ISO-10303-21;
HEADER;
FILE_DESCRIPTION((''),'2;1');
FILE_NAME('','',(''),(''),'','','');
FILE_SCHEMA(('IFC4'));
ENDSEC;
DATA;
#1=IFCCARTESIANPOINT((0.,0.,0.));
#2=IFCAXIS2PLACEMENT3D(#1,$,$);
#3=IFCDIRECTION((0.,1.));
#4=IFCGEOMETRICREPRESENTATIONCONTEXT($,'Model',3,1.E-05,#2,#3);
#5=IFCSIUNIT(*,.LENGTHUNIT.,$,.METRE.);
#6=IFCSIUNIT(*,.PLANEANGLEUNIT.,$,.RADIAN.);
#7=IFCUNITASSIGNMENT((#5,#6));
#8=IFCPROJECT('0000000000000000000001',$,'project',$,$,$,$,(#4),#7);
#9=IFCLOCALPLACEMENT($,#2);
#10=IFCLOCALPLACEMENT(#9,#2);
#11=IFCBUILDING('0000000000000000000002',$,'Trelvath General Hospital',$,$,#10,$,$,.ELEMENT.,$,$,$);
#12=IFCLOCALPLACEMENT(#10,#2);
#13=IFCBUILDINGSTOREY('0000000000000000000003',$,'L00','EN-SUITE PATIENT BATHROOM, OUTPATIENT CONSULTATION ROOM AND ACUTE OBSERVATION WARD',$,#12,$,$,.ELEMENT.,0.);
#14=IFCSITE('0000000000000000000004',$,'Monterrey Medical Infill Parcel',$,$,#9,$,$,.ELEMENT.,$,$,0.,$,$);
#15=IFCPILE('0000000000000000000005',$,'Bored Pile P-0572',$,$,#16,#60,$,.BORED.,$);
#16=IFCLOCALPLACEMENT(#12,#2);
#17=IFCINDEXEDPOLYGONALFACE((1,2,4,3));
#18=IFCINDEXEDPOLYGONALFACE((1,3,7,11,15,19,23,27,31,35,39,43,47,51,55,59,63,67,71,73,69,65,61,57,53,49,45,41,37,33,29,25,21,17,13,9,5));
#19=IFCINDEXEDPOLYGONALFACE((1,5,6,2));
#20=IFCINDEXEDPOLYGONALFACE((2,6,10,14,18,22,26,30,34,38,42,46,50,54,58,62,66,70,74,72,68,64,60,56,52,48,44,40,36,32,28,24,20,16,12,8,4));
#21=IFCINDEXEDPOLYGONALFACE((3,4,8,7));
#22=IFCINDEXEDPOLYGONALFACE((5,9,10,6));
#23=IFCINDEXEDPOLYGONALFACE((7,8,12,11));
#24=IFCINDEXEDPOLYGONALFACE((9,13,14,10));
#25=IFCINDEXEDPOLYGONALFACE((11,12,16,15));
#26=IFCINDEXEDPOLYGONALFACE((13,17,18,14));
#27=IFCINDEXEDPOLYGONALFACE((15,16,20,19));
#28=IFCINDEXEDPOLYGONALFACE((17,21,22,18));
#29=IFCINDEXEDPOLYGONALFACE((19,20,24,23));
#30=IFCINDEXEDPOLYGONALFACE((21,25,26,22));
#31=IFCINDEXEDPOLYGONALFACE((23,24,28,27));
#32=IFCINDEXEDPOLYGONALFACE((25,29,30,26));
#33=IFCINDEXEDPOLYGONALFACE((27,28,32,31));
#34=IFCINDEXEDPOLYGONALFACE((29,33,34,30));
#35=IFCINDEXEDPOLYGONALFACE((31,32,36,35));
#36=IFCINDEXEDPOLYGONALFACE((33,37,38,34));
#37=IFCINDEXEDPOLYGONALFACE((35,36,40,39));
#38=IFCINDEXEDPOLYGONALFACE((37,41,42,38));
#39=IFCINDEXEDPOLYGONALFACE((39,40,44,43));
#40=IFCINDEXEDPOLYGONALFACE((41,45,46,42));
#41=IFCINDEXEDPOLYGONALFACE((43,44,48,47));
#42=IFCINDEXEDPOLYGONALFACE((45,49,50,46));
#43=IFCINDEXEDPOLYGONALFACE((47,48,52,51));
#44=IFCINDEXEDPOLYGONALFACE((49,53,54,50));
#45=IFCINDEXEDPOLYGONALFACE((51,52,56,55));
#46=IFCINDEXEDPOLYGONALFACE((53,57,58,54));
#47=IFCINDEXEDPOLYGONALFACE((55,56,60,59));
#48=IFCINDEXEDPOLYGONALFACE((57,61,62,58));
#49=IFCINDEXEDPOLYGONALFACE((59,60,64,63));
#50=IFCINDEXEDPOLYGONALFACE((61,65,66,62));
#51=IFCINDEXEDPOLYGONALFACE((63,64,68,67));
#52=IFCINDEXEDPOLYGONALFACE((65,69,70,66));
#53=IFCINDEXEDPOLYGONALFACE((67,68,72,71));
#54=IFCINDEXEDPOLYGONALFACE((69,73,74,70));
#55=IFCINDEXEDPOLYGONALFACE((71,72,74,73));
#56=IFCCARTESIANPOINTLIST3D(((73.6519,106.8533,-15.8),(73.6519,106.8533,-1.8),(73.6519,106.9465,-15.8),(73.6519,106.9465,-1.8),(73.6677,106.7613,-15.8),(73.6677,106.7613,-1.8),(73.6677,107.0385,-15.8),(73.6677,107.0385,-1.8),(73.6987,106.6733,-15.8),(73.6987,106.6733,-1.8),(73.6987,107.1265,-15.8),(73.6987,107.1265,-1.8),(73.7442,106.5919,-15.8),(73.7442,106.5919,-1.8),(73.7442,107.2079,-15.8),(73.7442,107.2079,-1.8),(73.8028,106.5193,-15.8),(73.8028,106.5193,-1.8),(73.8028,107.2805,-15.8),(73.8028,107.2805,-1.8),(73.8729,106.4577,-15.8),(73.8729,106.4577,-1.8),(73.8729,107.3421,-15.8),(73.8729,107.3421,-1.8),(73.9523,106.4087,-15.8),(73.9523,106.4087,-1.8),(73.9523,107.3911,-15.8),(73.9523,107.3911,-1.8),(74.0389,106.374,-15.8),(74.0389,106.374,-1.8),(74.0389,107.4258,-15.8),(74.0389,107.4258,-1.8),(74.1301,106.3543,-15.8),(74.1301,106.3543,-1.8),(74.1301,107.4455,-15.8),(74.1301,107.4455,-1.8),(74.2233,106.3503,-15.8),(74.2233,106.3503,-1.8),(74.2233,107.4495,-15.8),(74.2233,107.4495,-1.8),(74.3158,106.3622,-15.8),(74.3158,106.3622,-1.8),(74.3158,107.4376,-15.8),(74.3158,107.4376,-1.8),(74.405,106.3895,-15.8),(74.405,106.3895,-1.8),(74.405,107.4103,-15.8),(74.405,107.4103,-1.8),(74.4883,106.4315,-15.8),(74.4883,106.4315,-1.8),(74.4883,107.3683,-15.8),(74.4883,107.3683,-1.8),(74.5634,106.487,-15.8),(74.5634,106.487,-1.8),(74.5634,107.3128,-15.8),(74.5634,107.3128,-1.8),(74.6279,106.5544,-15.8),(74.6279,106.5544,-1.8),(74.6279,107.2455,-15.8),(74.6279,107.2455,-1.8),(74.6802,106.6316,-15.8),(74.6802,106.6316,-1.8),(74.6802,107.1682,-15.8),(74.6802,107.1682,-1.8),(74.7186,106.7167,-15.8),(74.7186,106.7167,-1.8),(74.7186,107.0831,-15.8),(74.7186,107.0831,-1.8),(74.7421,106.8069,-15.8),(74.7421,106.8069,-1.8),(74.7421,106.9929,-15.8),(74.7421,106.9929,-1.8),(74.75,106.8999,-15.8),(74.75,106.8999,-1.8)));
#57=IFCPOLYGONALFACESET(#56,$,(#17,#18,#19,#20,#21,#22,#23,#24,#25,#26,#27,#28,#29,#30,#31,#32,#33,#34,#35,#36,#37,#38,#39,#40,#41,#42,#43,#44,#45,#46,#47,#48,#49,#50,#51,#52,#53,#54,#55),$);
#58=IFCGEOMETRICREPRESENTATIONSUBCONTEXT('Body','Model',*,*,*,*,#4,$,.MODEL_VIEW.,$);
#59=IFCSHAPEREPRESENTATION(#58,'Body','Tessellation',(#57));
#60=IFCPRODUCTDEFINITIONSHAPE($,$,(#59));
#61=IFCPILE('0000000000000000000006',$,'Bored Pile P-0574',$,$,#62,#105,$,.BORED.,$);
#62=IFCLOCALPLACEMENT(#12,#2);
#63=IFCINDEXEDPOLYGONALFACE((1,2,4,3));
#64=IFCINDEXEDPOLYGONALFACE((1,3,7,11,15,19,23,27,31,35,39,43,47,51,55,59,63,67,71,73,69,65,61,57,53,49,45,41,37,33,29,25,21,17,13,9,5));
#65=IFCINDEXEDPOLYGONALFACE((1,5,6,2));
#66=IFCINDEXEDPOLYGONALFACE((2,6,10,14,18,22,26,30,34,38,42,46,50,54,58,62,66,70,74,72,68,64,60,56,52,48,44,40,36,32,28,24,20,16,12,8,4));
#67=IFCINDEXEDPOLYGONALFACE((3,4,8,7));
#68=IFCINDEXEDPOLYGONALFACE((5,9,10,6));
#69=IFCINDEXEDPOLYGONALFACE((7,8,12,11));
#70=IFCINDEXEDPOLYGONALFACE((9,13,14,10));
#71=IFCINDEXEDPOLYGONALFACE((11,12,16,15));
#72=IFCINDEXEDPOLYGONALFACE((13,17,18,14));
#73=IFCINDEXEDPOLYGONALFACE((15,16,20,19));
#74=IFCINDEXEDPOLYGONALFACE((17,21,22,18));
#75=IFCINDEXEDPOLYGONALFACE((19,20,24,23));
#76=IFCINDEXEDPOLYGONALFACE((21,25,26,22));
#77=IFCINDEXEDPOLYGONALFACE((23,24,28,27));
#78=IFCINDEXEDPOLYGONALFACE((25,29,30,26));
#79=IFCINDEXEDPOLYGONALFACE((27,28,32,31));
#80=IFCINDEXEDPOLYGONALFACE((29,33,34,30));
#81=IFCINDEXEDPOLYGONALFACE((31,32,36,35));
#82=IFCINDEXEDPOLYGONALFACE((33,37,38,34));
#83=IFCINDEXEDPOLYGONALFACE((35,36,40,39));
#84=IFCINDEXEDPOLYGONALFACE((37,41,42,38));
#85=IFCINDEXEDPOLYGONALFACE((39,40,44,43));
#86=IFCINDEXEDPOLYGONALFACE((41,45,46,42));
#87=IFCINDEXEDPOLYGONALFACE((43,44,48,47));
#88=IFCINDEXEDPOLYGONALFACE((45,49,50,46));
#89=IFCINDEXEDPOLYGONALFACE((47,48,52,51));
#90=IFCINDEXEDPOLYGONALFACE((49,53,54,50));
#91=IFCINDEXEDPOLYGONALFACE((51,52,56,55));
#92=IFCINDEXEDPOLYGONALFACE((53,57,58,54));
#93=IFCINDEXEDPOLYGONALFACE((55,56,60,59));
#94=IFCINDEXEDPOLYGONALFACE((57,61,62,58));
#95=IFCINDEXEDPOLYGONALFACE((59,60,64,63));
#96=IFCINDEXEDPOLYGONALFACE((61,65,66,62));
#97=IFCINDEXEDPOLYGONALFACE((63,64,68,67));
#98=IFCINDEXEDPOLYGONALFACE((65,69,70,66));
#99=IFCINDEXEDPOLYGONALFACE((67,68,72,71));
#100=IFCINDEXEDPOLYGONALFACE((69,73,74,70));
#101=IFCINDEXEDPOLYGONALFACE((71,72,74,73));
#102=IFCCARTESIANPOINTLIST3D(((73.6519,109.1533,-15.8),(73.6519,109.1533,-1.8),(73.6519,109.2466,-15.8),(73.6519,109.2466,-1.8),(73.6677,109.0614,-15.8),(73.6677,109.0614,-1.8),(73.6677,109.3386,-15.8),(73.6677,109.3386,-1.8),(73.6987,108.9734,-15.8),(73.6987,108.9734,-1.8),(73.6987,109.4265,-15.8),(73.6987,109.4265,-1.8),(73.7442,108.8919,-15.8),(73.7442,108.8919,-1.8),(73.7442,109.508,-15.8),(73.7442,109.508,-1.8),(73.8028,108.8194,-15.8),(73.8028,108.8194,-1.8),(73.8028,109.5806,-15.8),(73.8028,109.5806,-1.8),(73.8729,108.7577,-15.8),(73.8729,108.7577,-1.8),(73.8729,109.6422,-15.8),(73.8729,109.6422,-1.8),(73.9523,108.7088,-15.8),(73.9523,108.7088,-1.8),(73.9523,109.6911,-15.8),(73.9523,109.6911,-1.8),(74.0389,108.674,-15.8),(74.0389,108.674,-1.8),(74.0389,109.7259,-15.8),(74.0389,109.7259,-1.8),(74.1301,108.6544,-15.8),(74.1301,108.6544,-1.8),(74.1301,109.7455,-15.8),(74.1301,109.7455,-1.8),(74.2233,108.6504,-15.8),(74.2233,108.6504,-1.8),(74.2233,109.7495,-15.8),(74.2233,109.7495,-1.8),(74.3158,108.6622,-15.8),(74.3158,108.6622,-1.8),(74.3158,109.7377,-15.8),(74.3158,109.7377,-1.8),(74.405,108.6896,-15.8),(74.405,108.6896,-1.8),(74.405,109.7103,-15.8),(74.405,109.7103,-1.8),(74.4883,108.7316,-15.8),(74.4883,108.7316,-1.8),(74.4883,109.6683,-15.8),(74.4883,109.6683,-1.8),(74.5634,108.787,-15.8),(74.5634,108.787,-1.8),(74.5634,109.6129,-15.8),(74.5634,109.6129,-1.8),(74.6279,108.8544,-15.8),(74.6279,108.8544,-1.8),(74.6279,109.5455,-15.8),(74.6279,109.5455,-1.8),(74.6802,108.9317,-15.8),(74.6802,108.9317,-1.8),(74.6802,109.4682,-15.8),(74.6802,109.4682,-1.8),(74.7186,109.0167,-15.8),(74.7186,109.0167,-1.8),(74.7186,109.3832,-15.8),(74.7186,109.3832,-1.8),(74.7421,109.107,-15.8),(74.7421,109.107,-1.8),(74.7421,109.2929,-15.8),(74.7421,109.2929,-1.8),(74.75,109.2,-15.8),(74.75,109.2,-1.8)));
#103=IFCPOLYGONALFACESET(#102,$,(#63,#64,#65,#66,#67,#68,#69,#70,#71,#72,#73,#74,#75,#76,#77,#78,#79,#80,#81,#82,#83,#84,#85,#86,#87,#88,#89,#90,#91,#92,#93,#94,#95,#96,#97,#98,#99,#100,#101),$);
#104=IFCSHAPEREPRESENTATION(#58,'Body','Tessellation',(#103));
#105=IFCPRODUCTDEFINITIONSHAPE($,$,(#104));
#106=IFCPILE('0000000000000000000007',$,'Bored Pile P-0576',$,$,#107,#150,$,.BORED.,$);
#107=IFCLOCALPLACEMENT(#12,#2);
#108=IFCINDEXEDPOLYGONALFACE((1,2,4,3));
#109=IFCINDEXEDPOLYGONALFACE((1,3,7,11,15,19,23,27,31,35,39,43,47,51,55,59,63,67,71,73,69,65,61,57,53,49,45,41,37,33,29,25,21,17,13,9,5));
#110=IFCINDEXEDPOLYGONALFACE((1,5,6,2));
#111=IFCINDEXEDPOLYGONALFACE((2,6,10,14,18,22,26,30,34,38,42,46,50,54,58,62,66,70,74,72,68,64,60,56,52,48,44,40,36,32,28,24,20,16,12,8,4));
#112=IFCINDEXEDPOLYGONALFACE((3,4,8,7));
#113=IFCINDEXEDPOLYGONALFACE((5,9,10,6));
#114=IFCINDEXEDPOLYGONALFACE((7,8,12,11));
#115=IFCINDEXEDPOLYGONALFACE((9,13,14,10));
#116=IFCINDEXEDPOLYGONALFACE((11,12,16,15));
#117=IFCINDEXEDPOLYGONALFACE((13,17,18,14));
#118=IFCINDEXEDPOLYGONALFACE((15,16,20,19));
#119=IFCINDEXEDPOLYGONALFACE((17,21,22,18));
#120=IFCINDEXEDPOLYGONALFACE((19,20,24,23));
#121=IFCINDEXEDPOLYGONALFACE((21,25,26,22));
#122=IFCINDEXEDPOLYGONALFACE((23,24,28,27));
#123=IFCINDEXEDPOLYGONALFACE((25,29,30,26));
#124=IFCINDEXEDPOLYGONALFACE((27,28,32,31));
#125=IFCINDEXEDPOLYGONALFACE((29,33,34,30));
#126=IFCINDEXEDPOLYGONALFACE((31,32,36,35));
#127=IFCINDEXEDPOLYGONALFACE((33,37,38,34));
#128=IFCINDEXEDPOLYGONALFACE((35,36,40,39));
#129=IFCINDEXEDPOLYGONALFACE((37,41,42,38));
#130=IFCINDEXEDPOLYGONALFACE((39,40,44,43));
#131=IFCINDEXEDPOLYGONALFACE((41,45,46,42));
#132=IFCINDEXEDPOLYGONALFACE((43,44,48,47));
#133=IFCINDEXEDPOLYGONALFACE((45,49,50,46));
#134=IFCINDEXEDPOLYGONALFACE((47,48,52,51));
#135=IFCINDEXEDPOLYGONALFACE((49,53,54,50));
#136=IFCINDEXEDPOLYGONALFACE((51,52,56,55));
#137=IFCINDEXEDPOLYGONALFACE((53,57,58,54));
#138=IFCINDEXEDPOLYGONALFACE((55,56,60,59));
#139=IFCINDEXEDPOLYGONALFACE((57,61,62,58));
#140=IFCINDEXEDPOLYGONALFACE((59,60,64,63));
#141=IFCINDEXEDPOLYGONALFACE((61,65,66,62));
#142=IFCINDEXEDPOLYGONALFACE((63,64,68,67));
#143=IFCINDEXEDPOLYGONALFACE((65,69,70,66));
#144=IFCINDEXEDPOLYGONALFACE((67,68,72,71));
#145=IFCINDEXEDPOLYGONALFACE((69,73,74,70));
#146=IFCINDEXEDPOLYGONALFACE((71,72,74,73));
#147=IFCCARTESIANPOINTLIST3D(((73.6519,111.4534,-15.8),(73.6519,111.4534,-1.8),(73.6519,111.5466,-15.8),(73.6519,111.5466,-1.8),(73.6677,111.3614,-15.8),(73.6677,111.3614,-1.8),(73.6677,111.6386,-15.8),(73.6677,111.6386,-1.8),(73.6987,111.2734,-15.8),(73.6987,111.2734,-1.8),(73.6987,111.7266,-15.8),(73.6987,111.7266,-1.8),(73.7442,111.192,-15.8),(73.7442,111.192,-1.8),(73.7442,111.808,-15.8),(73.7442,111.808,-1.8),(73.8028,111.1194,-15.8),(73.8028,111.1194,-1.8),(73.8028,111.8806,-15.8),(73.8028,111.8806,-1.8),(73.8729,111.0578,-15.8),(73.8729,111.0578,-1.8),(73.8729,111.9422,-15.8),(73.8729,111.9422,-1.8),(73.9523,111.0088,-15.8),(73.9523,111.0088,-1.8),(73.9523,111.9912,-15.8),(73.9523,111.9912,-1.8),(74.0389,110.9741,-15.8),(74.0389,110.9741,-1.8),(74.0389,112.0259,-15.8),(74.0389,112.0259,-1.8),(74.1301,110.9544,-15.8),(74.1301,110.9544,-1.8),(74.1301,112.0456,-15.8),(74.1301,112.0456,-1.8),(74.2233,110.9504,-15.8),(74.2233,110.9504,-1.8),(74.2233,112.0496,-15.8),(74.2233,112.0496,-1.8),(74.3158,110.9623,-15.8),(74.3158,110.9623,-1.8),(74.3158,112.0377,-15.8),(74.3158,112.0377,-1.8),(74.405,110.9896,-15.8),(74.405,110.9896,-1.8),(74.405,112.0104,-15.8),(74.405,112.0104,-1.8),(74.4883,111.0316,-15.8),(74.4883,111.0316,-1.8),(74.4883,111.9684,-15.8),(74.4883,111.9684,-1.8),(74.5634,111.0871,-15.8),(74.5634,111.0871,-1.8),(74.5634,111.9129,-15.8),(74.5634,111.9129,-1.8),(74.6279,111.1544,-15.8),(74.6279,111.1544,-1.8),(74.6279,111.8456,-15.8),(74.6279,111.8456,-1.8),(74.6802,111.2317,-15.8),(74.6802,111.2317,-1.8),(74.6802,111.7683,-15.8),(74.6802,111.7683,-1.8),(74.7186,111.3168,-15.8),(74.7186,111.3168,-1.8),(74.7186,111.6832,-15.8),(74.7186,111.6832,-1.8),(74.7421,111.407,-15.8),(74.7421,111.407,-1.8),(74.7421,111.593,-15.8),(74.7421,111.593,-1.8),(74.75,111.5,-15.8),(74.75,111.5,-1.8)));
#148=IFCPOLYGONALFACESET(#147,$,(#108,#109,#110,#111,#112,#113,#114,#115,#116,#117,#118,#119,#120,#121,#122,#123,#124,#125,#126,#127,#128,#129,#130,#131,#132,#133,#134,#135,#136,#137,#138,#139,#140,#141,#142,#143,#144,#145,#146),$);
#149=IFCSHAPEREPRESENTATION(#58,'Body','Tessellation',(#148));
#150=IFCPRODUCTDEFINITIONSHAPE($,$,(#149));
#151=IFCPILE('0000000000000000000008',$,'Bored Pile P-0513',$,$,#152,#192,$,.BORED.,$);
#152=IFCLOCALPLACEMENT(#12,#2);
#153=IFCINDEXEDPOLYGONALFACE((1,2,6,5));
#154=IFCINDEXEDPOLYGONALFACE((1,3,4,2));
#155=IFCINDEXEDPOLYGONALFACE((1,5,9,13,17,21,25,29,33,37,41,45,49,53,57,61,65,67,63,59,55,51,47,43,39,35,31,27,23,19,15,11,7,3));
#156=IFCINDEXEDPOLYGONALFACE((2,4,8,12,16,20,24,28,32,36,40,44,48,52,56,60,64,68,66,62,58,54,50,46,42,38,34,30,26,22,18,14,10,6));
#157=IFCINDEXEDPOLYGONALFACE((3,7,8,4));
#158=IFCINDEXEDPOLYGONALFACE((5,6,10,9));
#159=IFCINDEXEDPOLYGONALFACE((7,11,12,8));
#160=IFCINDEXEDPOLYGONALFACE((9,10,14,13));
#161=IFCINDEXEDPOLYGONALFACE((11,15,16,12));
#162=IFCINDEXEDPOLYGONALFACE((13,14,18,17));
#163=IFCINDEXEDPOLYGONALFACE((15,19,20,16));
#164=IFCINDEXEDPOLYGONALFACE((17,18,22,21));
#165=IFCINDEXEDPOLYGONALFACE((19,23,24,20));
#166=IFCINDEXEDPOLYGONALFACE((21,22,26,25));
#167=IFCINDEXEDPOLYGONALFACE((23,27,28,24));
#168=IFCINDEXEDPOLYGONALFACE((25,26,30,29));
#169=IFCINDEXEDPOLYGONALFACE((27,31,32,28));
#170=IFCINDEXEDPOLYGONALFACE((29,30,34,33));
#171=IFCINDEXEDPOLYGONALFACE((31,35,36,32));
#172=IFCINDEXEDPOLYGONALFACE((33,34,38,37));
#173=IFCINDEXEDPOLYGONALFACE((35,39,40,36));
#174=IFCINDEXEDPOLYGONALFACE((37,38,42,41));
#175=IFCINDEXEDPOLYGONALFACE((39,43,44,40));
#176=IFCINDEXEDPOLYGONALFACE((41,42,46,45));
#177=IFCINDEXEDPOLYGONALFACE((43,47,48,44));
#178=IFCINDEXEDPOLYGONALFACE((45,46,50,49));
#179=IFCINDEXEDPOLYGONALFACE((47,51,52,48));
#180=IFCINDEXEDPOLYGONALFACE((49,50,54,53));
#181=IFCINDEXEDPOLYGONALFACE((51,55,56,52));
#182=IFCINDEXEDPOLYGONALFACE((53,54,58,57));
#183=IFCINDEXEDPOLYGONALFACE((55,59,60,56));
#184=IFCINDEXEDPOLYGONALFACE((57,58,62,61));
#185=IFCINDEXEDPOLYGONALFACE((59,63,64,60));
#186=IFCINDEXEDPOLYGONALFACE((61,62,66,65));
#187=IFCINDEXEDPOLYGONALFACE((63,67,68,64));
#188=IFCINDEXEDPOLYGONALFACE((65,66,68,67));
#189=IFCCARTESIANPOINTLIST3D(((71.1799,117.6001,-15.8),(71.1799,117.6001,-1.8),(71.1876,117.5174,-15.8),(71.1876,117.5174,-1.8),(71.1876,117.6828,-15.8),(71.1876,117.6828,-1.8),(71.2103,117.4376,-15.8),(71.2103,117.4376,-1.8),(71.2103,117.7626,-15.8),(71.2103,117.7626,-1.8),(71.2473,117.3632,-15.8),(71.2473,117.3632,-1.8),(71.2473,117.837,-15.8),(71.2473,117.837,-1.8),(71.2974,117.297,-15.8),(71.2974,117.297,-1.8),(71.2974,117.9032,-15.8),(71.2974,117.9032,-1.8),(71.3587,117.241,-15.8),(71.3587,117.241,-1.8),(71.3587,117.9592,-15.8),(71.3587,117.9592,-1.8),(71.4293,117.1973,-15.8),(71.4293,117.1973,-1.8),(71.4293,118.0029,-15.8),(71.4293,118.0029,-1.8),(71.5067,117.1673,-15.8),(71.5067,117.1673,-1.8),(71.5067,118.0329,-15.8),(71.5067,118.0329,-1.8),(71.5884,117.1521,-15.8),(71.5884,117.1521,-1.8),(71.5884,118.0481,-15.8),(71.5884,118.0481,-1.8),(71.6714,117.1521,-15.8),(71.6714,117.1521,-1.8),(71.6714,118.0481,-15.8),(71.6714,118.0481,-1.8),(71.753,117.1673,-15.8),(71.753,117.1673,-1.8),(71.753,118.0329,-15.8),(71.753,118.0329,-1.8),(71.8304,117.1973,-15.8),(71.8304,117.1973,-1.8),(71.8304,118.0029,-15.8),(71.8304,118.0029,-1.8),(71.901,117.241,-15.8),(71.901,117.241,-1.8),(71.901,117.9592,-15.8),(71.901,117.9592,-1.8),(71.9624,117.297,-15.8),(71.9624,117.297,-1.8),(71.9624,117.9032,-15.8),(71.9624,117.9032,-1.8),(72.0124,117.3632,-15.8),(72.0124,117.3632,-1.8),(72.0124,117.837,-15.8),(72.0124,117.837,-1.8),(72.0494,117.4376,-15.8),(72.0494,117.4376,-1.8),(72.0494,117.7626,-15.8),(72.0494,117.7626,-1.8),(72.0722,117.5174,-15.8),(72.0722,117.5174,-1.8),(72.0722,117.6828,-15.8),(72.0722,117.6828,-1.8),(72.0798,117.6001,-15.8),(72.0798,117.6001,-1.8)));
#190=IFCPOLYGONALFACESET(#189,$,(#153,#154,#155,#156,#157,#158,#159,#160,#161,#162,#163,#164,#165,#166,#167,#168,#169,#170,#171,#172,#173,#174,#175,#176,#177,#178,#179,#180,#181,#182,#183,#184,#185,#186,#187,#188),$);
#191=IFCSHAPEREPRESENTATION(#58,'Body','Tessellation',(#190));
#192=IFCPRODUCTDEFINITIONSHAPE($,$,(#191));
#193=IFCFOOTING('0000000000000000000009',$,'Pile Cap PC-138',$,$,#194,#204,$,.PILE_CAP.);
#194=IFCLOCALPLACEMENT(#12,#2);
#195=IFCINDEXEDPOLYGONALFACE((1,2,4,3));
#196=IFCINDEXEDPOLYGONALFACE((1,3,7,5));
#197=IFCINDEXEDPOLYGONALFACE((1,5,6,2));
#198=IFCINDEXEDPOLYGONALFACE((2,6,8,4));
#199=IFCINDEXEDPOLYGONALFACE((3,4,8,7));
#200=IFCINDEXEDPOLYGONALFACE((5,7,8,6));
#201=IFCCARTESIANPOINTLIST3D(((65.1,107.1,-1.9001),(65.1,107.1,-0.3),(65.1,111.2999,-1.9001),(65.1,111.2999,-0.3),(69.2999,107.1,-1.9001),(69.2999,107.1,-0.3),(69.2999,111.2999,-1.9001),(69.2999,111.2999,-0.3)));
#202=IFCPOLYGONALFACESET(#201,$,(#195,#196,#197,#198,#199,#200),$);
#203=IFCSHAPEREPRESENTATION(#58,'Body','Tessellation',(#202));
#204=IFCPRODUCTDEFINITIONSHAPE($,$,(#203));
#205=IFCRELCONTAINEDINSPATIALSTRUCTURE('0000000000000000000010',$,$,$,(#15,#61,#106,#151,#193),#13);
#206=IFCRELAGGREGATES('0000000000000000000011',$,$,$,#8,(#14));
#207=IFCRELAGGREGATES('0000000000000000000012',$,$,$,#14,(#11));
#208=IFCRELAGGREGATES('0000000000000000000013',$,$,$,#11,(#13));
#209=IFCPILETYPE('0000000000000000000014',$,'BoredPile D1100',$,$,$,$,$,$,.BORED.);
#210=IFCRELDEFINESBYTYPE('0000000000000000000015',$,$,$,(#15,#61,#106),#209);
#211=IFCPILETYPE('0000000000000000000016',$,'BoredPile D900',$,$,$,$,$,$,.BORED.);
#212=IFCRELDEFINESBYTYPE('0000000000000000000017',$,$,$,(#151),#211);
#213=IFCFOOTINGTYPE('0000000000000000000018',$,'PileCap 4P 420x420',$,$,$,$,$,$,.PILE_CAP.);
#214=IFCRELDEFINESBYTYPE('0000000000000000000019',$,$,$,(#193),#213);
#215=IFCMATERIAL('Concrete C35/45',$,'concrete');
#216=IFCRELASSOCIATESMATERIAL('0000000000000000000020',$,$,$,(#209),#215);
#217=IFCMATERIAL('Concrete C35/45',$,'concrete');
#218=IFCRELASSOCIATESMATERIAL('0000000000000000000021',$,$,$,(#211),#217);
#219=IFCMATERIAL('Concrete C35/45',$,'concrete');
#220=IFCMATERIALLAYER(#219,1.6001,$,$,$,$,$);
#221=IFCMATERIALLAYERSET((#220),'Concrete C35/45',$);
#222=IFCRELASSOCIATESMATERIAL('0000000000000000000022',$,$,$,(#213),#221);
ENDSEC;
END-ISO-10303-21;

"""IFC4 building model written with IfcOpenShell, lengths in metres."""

from ifc_helpers import new_model, si_unit, direction, frame, origin, origin_2d, place, context, subcontext, project, spatial, rectangle, circle, extrude, material, layer, layer_set, material_profile, profile_set, type_object, element, save


model = new_model("IFC4")

# Units and contexts
model_context = context("Model", 3, precision=1e-05, world=origin(), true_north=direction((0.0, 1.0)))
body_context = subcontext(model_context, "Body", "Model", "MODEL_VIEW")
ifc_project = project(units=[si_unit("LENGTHUNIT", "METRE"), si_unit("PLANEANGLEUNIT", "RADIAN")], contexts=[model_context])

# Site, building, storey
site_placement = place(None, origin())
site = spatial("IfcSite", under=ifc_project, at=site_placement, Name="Monterrey Medical Infill Parcel", CompositionType="ELEMENT", RefElevation=0.0)
building_placement = place(site_placement, origin())
building = spatial("IfcBuilding", under=site, at=building_placement, Name="Trelvath General Hospital", CompositionType="ELEMENT")
storey_placement = place(building_placement, origin())
storey = spatial("IfcBuildingStorey", under=building, at=storey_placement, Name="L00", Description="EN-SUITE PATIENT BATHROOM, OUTPATIENT CONSULTATION ROOM AND ACUTE OBSERVATION WARD", CompositionType="ELEMENT", Elevation=0.0)

# Piles
ifc_material_1 = material(Name="Concrete C35/45", Category="concrete")
ifc_material_profile_1 = material_profile(ifc_material_1, circle(Radius=0.55, at=origin_2d()), Name="PILE1100")
ifc_profile_set_1 = profile_set([ifc_material_profile_1], Name="Concrete C35/45")
pile_type_1 = type_object("IfcPileType", Name="BoredPile D1100", PredefinedType="BORED", material=ifc_profile_set_1)
for number, where, z_axis, x_axis, name in (
    (1, (74.2, 106.8999, -1.8), (0.0, 0.0, -1.0), (1.0, 0.0, 0.0), "Bored Pile P-0572"),
    (2, (74.2, 109.2, -1.8), (0.0, 0.0, -1.0), (1.0, 0.0, 0.0), "Bored Pile P-0574"),
    (3, (74.2, 111.5, -1.8), (0.0, 0.0, -1.0), (1.0, 0.0, 0.0), "Bored Pile P-0576"),
):
    element("IfcPile", number, at=place(storey_placement, frame(where, z_axis=z_axis, x_axis=x_axis)), inside=storey, type_object=pile_type_1, Name=name, PredefinedType="BORED", context=body_context, shape_type="SweptSolid", body=[
        extrude(circle(Radius=0.55, at=origin_2d()), origin(), (0.0, 0.0, 1.0), 14.0),
    ])
ifc_material_2 = material(Name="Concrete C35/45", Category="concrete")
ifc_material_profile_2 = material_profile(ifc_material_2, circle(Radius=0.45, at=origin_2d()), Name="PILE900")
ifc_profile_set_2 = profile_set([ifc_material_profile_2], Name="Concrete C35/45")
pile_type_2 = type_object("IfcPileType", Name="BoredPile D900", PredefinedType="BORED", material=ifc_profile_set_2)
pile_placement = place(storey_placement, frame((71.6299, 117.6001, -1.8), z_axis=(0.0, 0.0, -1.0), x_axis=(1.0, 0.0, 0.0)))
element("IfcPile", 4, at=pile_placement, inside=storey, type_object=pile_type_2, Name="Bored Pile P-0513", PredefinedType="BORED", context=body_context, shape_type="SweptSolid", body=[
    extrude(circle(Radius=0.45, at=origin_2d()), origin(), (0.0, 0.0, 1.0), 14.0),
])

# Footing
ifc_material_3 = material(Name="Concrete C35/45", Category="concrete")
ifc_layer_1 = layer(ifc_material_3, 1.6001)
ifc_layer_set_1 = layer_set([ifc_layer_1], Name="Concrete C35/45")
footing_type_1 = type_object("IfcFootingType", Name="PileCap 4P 420x420", PredefinedType="PILE_CAP", material=ifc_layer_set_1)
footing_1_placement = place(storey_placement, frame((67.2, 109.2, -1.9001), z_axis=(0.0, 0.0, 1.0), x_axis=(1.0, 0.0, 0.0)))
element("IfcFooting", 5, at=footing_1_placement, inside=storey, type_object=footing_type_1, Name="Pile Cap PC-138", PredefinedType="PILE_CAP", context=body_context, shape_type="SweptSolid", body=[
    extrude(rectangle(XDim=4.2, YDim=4.2, at=origin_2d()), origin(), (0.0, 0.0, 1.0), 1.6001),
])

save(model, "model.ifc")
